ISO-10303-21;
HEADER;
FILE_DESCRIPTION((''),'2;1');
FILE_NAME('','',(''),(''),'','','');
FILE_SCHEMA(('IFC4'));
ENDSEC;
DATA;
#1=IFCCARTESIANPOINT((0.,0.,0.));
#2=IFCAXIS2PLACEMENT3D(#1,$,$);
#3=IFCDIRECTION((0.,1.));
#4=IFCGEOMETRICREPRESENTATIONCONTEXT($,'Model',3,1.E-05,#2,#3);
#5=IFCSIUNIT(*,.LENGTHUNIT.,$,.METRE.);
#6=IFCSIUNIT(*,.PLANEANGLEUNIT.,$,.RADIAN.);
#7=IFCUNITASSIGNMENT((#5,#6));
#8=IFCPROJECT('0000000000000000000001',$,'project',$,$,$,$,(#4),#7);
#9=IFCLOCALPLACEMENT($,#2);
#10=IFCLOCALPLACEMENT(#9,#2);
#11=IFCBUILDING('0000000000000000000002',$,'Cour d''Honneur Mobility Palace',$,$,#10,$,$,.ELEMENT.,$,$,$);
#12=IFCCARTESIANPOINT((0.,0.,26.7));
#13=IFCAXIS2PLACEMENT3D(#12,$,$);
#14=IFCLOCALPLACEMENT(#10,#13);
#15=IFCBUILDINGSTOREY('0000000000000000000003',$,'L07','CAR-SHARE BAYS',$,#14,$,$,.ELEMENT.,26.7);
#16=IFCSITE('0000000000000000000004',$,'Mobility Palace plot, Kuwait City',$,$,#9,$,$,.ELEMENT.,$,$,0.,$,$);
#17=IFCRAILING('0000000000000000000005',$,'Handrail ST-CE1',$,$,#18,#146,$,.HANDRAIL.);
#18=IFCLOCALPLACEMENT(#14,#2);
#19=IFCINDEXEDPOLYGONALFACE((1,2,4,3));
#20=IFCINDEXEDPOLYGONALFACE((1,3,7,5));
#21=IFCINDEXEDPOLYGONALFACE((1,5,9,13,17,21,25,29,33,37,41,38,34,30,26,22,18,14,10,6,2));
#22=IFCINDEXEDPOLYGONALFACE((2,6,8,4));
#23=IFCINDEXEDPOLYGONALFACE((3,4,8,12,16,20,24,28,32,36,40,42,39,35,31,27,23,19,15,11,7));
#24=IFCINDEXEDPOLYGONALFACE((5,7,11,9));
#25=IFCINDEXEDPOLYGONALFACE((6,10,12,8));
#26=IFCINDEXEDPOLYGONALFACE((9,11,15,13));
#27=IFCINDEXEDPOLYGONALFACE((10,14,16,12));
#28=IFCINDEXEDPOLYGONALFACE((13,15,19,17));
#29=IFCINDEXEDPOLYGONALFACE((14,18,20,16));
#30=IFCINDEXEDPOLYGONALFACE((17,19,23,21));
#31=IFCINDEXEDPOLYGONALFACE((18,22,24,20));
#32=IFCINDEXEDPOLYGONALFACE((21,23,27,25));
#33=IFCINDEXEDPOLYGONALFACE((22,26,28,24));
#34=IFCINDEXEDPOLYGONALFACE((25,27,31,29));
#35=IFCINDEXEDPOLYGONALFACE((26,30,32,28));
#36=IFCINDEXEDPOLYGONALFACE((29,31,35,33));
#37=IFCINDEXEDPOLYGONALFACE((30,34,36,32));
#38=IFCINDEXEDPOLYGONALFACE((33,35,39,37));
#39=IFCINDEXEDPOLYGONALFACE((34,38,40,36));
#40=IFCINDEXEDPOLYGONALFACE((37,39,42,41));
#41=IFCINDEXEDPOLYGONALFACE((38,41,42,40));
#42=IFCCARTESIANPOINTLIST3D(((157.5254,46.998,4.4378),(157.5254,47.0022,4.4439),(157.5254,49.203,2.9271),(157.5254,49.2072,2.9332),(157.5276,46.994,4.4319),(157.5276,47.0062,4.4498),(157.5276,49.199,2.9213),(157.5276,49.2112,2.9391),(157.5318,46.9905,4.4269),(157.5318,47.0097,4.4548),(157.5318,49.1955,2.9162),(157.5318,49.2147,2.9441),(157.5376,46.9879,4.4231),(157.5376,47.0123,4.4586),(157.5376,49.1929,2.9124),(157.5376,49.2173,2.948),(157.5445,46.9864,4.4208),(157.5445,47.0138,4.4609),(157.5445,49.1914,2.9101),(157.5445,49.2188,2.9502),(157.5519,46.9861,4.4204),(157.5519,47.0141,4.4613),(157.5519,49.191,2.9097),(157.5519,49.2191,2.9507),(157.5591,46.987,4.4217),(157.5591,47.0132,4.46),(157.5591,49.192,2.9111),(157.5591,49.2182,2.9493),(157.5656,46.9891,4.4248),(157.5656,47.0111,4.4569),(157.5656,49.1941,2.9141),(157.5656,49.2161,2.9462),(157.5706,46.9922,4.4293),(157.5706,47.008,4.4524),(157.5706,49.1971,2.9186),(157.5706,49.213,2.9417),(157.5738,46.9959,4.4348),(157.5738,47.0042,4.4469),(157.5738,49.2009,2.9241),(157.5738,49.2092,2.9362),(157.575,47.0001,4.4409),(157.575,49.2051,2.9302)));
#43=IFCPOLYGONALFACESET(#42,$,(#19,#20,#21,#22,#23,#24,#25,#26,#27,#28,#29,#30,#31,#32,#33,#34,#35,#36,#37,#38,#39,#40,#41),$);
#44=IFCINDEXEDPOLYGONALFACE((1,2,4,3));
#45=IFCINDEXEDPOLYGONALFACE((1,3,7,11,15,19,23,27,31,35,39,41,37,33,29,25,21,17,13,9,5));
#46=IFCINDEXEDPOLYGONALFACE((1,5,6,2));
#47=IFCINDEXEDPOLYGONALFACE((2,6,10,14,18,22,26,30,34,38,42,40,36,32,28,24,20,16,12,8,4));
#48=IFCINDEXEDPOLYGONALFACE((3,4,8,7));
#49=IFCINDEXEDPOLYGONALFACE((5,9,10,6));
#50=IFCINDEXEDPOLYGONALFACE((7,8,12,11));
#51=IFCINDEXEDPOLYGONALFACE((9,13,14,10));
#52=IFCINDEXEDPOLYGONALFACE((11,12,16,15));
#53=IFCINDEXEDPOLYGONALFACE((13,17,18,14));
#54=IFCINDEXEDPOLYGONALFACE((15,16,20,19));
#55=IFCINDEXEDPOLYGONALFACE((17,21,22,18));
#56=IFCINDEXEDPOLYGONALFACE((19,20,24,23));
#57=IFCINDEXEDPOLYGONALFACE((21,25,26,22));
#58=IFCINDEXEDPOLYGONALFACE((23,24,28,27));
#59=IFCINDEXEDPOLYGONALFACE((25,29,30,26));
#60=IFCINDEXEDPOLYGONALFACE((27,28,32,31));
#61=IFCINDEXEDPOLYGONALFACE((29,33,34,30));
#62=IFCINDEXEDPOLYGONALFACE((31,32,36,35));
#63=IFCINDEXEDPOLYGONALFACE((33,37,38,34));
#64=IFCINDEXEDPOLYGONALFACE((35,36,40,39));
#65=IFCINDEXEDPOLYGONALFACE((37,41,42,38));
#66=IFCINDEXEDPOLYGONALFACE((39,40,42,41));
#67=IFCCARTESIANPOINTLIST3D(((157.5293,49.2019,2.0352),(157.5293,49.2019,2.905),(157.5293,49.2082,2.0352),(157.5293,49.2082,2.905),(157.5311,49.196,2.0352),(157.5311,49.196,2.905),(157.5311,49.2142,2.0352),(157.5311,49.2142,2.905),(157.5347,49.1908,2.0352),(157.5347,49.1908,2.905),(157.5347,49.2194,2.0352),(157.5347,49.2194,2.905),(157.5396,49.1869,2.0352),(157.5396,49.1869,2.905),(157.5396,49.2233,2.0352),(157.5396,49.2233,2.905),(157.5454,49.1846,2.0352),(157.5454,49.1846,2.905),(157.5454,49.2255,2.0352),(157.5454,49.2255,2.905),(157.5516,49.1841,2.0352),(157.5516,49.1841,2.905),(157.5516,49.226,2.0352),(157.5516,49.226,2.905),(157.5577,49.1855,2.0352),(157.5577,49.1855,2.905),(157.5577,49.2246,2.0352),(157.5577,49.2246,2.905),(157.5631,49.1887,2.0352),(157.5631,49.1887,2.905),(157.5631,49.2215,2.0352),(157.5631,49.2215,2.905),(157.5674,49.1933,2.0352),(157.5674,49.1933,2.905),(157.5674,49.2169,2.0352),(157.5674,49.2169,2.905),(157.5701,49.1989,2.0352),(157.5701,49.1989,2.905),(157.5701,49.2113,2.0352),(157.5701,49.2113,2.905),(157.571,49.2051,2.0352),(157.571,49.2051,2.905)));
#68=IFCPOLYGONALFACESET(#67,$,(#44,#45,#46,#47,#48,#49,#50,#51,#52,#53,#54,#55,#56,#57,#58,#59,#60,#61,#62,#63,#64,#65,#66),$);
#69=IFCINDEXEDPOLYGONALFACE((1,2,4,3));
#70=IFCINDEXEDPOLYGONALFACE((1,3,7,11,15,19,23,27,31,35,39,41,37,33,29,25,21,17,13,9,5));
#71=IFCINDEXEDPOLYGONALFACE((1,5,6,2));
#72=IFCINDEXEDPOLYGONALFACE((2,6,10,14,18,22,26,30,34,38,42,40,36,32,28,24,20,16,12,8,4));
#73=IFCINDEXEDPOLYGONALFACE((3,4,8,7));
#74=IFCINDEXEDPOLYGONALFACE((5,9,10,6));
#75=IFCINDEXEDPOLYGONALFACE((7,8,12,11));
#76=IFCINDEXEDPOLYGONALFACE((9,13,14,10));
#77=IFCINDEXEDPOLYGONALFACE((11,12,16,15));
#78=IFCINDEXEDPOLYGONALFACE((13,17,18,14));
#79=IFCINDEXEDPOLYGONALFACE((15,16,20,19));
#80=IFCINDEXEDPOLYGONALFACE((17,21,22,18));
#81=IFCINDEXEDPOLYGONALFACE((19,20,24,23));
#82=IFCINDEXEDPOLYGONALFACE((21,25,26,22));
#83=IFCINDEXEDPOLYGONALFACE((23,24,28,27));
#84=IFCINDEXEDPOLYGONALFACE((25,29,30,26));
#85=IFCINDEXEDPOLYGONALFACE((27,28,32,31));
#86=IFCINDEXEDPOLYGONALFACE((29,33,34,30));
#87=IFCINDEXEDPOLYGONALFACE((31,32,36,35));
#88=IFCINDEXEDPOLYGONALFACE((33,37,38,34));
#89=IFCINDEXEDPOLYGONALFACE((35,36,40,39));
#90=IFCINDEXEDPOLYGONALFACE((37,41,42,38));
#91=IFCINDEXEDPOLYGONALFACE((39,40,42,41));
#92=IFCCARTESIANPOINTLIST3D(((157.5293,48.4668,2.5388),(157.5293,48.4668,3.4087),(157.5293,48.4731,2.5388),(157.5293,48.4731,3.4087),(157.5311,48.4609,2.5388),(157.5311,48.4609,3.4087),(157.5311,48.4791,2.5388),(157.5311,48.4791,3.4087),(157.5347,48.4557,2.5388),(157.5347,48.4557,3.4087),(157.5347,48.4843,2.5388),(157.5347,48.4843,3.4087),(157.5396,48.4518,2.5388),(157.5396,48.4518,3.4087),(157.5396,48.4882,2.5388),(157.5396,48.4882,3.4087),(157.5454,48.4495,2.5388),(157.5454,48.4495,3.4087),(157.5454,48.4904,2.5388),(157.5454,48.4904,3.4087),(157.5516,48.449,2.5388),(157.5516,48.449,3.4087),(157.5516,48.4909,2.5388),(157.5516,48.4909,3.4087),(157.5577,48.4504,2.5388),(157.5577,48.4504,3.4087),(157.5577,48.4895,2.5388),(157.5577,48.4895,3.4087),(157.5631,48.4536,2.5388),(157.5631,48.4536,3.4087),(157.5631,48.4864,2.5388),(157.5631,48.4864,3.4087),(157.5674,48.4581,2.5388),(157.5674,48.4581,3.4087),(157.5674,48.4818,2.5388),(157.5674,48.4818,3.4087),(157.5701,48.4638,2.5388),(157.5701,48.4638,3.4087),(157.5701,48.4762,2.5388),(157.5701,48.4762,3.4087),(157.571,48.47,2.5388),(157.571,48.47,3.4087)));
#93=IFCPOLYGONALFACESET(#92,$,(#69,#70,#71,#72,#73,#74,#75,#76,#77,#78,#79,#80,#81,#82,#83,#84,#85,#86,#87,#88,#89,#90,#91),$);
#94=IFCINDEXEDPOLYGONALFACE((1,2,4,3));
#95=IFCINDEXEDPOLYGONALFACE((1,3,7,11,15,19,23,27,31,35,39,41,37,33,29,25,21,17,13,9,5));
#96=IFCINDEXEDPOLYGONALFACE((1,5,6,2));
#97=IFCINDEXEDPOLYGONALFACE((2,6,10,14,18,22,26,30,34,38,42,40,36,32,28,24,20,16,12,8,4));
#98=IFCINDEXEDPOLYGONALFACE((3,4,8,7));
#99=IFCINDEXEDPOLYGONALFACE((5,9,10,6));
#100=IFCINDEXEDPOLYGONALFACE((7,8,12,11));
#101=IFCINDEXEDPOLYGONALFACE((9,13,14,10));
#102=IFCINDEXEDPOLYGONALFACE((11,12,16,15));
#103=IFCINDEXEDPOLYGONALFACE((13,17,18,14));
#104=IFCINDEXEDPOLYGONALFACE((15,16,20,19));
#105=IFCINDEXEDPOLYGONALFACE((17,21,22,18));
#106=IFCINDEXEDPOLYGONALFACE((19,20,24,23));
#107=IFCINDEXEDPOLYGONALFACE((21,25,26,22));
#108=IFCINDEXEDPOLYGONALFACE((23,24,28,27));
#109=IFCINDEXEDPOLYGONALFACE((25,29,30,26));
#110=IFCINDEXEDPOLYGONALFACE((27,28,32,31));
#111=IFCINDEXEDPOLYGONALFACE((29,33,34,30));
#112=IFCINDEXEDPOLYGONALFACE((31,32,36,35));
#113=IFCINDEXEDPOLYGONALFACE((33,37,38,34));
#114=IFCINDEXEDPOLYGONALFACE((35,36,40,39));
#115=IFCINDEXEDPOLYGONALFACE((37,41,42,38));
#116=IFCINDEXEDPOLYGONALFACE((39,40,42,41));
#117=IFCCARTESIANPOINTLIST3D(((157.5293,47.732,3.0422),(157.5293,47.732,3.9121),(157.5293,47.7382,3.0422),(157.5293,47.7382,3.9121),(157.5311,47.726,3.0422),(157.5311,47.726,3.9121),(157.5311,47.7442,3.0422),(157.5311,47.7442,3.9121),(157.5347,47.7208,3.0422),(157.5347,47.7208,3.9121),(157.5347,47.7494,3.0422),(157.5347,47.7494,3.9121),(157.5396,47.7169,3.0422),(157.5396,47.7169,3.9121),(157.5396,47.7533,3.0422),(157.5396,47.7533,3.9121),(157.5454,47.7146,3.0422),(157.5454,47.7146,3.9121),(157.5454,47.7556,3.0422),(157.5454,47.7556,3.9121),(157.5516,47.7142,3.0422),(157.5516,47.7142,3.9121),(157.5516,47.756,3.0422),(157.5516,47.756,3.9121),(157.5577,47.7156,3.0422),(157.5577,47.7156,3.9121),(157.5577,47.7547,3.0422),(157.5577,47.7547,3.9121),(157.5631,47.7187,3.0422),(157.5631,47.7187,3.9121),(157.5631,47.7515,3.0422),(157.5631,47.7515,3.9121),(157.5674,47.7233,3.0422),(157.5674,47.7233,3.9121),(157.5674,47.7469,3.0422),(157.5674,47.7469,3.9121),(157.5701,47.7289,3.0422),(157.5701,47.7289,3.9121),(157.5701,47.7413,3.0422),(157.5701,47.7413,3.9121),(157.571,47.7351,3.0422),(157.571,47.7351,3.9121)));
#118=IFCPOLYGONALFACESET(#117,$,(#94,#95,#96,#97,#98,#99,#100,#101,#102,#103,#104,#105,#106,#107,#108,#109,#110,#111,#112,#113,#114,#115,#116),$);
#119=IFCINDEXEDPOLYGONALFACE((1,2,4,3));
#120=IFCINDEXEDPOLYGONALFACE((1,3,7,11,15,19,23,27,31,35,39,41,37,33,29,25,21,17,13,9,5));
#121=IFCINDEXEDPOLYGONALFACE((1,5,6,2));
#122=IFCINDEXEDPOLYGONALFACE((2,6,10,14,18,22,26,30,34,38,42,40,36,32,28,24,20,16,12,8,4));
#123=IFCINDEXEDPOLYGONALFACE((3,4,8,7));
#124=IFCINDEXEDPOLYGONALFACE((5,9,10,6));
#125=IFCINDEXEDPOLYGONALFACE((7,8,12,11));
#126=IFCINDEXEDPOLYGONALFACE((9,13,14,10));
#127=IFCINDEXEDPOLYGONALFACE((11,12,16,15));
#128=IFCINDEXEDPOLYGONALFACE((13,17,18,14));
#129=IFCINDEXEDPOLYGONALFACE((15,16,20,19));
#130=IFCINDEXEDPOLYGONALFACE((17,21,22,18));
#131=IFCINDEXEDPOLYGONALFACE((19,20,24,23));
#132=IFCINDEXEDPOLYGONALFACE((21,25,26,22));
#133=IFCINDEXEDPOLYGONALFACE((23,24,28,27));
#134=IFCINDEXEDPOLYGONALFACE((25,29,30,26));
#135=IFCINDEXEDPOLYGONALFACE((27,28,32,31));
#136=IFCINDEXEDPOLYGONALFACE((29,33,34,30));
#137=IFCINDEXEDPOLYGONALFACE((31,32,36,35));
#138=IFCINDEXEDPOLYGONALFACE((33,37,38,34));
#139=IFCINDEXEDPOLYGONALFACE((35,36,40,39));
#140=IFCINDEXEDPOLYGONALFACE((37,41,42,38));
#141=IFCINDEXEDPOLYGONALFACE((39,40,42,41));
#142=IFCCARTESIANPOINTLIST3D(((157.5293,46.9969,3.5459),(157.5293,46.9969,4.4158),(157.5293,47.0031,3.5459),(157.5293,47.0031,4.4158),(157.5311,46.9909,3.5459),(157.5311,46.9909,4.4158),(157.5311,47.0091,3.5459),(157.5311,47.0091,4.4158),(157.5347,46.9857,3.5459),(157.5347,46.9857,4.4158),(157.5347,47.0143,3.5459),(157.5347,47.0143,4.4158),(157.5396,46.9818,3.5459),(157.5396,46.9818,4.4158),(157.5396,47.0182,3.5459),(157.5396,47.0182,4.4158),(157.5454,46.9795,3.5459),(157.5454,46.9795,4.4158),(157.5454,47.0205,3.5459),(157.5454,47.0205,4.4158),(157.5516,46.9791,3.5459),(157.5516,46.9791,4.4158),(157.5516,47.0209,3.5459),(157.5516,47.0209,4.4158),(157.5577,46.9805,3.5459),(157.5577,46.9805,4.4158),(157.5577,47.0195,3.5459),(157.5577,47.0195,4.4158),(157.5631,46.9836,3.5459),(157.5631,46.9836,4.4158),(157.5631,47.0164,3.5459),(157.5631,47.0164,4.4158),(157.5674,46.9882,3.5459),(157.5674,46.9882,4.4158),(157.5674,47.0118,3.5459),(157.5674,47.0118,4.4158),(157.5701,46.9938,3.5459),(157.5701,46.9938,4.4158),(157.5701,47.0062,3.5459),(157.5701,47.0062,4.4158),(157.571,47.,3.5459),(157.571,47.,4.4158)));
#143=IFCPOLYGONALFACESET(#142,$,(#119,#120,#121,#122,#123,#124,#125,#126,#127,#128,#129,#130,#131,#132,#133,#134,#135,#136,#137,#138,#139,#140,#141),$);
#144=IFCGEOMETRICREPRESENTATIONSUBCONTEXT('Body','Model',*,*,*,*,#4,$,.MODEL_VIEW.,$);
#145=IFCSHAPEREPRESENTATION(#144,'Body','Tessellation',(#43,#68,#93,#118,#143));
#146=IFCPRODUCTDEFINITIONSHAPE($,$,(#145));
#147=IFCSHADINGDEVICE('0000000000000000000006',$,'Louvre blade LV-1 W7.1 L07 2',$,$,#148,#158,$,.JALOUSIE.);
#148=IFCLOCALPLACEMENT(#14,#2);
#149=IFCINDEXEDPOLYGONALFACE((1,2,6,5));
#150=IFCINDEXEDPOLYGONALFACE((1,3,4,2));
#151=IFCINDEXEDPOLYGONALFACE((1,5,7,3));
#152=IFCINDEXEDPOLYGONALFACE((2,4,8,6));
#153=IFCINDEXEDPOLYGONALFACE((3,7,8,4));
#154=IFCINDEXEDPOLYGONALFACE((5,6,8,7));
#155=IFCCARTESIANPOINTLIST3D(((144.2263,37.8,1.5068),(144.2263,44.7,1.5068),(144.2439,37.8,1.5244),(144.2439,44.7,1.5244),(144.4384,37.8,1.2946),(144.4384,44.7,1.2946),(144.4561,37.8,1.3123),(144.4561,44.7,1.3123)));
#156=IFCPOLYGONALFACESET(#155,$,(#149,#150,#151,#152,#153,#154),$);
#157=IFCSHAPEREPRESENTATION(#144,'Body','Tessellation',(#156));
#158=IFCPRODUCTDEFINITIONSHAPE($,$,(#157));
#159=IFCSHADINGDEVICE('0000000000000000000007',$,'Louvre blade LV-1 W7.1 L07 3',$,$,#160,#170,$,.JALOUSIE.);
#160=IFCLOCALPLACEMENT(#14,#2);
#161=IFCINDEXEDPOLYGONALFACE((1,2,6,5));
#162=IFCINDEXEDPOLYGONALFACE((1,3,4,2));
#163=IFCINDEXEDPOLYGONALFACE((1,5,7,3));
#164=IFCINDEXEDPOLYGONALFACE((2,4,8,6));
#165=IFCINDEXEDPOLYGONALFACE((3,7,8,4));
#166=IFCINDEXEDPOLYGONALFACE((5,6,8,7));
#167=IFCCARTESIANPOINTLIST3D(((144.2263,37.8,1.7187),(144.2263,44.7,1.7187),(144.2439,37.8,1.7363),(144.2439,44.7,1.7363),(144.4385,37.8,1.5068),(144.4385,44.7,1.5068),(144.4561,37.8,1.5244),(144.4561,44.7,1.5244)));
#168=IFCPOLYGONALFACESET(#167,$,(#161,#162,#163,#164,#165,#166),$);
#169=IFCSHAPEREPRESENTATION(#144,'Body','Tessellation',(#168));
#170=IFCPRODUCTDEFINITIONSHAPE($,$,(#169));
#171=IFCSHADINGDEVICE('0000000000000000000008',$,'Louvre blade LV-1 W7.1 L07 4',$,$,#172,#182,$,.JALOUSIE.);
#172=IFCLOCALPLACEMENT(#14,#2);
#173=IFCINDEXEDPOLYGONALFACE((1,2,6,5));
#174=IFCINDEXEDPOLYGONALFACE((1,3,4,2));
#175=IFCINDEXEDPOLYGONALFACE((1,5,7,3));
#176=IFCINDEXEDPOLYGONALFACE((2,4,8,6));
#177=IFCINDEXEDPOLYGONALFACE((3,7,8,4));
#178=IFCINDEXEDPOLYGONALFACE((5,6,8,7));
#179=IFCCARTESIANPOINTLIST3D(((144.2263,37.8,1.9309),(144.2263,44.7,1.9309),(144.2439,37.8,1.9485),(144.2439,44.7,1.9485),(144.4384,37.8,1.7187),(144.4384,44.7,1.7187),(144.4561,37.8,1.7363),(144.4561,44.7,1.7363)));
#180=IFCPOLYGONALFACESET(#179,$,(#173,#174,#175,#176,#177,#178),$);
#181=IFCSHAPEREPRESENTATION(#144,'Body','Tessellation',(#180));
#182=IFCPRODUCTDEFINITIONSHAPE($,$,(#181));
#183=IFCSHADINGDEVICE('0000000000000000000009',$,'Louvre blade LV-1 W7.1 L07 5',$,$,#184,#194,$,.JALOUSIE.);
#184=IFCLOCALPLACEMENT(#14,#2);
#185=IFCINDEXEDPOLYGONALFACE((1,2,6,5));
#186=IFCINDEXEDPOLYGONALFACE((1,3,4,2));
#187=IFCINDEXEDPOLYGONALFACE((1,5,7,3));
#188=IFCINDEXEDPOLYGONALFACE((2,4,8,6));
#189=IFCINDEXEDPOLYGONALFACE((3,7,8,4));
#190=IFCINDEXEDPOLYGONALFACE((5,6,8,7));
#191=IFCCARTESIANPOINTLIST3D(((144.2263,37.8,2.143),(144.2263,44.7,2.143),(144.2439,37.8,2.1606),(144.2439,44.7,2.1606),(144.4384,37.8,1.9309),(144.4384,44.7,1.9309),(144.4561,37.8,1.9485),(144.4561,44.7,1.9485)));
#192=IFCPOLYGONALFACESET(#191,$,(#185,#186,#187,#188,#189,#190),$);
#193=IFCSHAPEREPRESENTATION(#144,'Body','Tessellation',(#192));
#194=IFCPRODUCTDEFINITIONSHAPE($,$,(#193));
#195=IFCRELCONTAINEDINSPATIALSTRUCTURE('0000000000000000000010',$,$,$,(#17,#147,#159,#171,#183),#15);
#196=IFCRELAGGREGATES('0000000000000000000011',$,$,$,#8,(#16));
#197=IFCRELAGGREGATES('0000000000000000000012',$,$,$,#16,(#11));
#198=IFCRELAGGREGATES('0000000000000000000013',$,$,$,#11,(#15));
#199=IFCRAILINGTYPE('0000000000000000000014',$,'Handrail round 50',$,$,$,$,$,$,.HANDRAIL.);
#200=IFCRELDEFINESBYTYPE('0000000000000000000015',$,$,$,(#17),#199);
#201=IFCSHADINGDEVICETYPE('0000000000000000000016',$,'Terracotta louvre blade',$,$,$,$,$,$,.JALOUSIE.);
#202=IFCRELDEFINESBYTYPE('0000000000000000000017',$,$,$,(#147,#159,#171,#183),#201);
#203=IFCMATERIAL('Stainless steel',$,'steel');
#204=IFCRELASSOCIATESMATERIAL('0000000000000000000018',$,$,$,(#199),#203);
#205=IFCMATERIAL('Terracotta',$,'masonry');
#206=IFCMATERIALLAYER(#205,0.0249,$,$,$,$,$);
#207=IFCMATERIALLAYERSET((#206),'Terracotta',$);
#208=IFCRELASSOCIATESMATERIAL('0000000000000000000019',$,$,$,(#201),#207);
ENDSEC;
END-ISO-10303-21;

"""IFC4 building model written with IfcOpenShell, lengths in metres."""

from ifc_helpers import new_model, si_unit, direction, frame, origin, origin_2d, place, context, subcontext, project, spatial, polyline, circle, outline, extrude, material, layer, layer_set, type_object, element, save


model = new_model("IFC4")

# Units and contexts
model_context = context("Model", 3, precision=1e-05, world=origin(), true_north=direction((0.0, 1.0)))
body_context = subcontext(model_context, "Body", "Model", "MODEL_VIEW")
ifc_project = project(units=[si_unit("LENGTHUNIT", "METRE"), si_unit("PLANEANGLEUNIT", "RADIAN")], contexts=[model_context])

# Site, building, storey
site_placement = place(None, origin())
site = spatial("IfcSite", under=ifc_project, at=site_placement, Name="Mobility Palace plot, Kuwait City", CompositionType="ELEMENT", RefElevation=0.0)
building_placement = place(site_placement, origin())
building = spatial("IfcBuilding", under=site, at=building_placement, Name="Cour d'Honneur Mobility Palace", CompositionType="ELEMENT")
storey_placement = place(building_placement, frame((0.0, 0.0, 26.7)))
storey = spatial("IfcBuildingStorey", under=building, at=storey_placement, Name="L07", Description="CAR-SHARE BAYS", CompositionType="ELEMENT", Elevation=26.7)

# Railing
ifc_material_1 = material(Name="Stainless steel", Category="steel")
railing_type_1 = type_object("IfcRailingType", Name="Handrail round 50", PredefinedType="HANDRAIL", material=ifc_material_1)
railing_1_placement = place(storey_placement, frame((157.55, 49.2051, 2.0352)))
element("IfcRailing", 1, at=railing_1_placement, inside=storey, type_object=railing_type_1, Name="Handrail ST-CE1", PredefinedType="HANDRAIL", context=body_context, shape_type="SweptSolid", body=[
    extrude(circle(Radius=0.0249, at=origin_2d()), frame((0.0, 0.0, 0.895), z_axis=(0.0, -0.824958, 0.565195), x_axis=(1.0, 0.0, 0.0)), (0.0, 0.0, 1.0), 2.6729),
    extrude(circle(Radius=0.021, at=origin_2d()), origin(), (0.0, 0.0, 1.0), 0.8699),
    extrude(circle(Radius=0.021, at=origin_2d()), frame((0.0, -0.7351, 0.5037)), (0.0, 0.0, 1.0), 0.8699),
    extrude(circle(Radius=0.021, at=origin_2d()), frame((0.0, -1.47, 1.0071)), (0.0, 0.0, 1.0), 0.8699),
    extrude(circle(Radius=0.021, at=origin_2d()), frame((0.0, -2.2051, 1.5107)), (0.0, 0.0, 1.0), 0.8699),
])

# Shading devices
ifc_material_2 = material(Name="Terracotta", Category="masonry")
ifc_layer_1 = layer(ifc_material_2, 0.0249)
ifc_layer_set_1 = layer_set([ifc_layer_1], Name="Terracotta")
shading_device_type = type_object("IfcShadingDeviceType", Name="Terracotta louvre blade", PredefinedType="JALOUSIE", material=ifc_layer_set_1)
shading_device_1_placement = place(storey_placement, frame((144.4561, 44.7, 1.3123), z_axis=(0.707107, 0.0, 0.707107), x_axis=(0.0, -1.0, 0.0)))
element("IfcShadingDevice", 2, at=shading_device_1_placement, inside=storey, type_object=shading_device_type, Name="Louvre blade LV-1 W7.1 L07 2", PredefinedType="JALOUSIE", context=body_context, shape_type="SweptSolid", body=[
    extrude(outline(polyline([(0.0, 0.0), (6.8999, 0.0), (6.8999, -0.3), (0.0, -0.3), (0.0, 0.0)])), origin(), (0.0, 0.0, -1.0), 0.0249),
])
shading_device_2_placement = place(storey_placement, frame((144.4561, 44.7, 1.5244), z_axis=(0.7067, 0.0, 0.707514), x_axis=(0.0, -1.0, 0.0)))
element("IfcShadingDevice", 3, at=shading_device_2_placement, inside=storey, type_object=shading_device_type, Name="Louvre blade LV-1 W7.1 L07 3", PredefinedType="JALOUSIE", context=body_context, shape_type="SweptSolid", body=[
    extrude(outline(polyline([(0.0, 0.0), (6.8999, 0.0), (6.8999, -0.2999), (0.0, -0.2999), (0.0, 0.0)])), origin(), (0.0, 0.0, -1.0), 0.0249),
])
for number, where, z_axis, x_axis, name in (
    (4, (144.4561, 44.7, 1.7363), (0.707107, 0.0, 0.707107), (0.0, -1.0, 0.0), "Louvre blade LV-1 W7.1 L07 4"),
    (5, (144.4561, 44.7, 1.9485), (0.707107, 0.0, 0.707107), (0.0, -1.0, 0.0), "Louvre blade LV-1 W7.1 L07 5"),
):
    element("IfcShadingDevice", number, at=place(storey_placement, frame(where, z_axis=z_axis, x_axis=x_axis)), inside=storey, type_object=shading_device_type, Name=name, PredefinedType="JALOUSIE", context=body_context, shape_type="SweptSolid", body=[
        extrude(outline(polyline([(0.0, 0.0), (6.8999, 0.0), (6.8999, -0.3), (0.0, -0.3), (0.0, 0.0)])), origin(), (0.0, 0.0, -1.0), 0.0249),
    ])

save(model, "model.ifc")
